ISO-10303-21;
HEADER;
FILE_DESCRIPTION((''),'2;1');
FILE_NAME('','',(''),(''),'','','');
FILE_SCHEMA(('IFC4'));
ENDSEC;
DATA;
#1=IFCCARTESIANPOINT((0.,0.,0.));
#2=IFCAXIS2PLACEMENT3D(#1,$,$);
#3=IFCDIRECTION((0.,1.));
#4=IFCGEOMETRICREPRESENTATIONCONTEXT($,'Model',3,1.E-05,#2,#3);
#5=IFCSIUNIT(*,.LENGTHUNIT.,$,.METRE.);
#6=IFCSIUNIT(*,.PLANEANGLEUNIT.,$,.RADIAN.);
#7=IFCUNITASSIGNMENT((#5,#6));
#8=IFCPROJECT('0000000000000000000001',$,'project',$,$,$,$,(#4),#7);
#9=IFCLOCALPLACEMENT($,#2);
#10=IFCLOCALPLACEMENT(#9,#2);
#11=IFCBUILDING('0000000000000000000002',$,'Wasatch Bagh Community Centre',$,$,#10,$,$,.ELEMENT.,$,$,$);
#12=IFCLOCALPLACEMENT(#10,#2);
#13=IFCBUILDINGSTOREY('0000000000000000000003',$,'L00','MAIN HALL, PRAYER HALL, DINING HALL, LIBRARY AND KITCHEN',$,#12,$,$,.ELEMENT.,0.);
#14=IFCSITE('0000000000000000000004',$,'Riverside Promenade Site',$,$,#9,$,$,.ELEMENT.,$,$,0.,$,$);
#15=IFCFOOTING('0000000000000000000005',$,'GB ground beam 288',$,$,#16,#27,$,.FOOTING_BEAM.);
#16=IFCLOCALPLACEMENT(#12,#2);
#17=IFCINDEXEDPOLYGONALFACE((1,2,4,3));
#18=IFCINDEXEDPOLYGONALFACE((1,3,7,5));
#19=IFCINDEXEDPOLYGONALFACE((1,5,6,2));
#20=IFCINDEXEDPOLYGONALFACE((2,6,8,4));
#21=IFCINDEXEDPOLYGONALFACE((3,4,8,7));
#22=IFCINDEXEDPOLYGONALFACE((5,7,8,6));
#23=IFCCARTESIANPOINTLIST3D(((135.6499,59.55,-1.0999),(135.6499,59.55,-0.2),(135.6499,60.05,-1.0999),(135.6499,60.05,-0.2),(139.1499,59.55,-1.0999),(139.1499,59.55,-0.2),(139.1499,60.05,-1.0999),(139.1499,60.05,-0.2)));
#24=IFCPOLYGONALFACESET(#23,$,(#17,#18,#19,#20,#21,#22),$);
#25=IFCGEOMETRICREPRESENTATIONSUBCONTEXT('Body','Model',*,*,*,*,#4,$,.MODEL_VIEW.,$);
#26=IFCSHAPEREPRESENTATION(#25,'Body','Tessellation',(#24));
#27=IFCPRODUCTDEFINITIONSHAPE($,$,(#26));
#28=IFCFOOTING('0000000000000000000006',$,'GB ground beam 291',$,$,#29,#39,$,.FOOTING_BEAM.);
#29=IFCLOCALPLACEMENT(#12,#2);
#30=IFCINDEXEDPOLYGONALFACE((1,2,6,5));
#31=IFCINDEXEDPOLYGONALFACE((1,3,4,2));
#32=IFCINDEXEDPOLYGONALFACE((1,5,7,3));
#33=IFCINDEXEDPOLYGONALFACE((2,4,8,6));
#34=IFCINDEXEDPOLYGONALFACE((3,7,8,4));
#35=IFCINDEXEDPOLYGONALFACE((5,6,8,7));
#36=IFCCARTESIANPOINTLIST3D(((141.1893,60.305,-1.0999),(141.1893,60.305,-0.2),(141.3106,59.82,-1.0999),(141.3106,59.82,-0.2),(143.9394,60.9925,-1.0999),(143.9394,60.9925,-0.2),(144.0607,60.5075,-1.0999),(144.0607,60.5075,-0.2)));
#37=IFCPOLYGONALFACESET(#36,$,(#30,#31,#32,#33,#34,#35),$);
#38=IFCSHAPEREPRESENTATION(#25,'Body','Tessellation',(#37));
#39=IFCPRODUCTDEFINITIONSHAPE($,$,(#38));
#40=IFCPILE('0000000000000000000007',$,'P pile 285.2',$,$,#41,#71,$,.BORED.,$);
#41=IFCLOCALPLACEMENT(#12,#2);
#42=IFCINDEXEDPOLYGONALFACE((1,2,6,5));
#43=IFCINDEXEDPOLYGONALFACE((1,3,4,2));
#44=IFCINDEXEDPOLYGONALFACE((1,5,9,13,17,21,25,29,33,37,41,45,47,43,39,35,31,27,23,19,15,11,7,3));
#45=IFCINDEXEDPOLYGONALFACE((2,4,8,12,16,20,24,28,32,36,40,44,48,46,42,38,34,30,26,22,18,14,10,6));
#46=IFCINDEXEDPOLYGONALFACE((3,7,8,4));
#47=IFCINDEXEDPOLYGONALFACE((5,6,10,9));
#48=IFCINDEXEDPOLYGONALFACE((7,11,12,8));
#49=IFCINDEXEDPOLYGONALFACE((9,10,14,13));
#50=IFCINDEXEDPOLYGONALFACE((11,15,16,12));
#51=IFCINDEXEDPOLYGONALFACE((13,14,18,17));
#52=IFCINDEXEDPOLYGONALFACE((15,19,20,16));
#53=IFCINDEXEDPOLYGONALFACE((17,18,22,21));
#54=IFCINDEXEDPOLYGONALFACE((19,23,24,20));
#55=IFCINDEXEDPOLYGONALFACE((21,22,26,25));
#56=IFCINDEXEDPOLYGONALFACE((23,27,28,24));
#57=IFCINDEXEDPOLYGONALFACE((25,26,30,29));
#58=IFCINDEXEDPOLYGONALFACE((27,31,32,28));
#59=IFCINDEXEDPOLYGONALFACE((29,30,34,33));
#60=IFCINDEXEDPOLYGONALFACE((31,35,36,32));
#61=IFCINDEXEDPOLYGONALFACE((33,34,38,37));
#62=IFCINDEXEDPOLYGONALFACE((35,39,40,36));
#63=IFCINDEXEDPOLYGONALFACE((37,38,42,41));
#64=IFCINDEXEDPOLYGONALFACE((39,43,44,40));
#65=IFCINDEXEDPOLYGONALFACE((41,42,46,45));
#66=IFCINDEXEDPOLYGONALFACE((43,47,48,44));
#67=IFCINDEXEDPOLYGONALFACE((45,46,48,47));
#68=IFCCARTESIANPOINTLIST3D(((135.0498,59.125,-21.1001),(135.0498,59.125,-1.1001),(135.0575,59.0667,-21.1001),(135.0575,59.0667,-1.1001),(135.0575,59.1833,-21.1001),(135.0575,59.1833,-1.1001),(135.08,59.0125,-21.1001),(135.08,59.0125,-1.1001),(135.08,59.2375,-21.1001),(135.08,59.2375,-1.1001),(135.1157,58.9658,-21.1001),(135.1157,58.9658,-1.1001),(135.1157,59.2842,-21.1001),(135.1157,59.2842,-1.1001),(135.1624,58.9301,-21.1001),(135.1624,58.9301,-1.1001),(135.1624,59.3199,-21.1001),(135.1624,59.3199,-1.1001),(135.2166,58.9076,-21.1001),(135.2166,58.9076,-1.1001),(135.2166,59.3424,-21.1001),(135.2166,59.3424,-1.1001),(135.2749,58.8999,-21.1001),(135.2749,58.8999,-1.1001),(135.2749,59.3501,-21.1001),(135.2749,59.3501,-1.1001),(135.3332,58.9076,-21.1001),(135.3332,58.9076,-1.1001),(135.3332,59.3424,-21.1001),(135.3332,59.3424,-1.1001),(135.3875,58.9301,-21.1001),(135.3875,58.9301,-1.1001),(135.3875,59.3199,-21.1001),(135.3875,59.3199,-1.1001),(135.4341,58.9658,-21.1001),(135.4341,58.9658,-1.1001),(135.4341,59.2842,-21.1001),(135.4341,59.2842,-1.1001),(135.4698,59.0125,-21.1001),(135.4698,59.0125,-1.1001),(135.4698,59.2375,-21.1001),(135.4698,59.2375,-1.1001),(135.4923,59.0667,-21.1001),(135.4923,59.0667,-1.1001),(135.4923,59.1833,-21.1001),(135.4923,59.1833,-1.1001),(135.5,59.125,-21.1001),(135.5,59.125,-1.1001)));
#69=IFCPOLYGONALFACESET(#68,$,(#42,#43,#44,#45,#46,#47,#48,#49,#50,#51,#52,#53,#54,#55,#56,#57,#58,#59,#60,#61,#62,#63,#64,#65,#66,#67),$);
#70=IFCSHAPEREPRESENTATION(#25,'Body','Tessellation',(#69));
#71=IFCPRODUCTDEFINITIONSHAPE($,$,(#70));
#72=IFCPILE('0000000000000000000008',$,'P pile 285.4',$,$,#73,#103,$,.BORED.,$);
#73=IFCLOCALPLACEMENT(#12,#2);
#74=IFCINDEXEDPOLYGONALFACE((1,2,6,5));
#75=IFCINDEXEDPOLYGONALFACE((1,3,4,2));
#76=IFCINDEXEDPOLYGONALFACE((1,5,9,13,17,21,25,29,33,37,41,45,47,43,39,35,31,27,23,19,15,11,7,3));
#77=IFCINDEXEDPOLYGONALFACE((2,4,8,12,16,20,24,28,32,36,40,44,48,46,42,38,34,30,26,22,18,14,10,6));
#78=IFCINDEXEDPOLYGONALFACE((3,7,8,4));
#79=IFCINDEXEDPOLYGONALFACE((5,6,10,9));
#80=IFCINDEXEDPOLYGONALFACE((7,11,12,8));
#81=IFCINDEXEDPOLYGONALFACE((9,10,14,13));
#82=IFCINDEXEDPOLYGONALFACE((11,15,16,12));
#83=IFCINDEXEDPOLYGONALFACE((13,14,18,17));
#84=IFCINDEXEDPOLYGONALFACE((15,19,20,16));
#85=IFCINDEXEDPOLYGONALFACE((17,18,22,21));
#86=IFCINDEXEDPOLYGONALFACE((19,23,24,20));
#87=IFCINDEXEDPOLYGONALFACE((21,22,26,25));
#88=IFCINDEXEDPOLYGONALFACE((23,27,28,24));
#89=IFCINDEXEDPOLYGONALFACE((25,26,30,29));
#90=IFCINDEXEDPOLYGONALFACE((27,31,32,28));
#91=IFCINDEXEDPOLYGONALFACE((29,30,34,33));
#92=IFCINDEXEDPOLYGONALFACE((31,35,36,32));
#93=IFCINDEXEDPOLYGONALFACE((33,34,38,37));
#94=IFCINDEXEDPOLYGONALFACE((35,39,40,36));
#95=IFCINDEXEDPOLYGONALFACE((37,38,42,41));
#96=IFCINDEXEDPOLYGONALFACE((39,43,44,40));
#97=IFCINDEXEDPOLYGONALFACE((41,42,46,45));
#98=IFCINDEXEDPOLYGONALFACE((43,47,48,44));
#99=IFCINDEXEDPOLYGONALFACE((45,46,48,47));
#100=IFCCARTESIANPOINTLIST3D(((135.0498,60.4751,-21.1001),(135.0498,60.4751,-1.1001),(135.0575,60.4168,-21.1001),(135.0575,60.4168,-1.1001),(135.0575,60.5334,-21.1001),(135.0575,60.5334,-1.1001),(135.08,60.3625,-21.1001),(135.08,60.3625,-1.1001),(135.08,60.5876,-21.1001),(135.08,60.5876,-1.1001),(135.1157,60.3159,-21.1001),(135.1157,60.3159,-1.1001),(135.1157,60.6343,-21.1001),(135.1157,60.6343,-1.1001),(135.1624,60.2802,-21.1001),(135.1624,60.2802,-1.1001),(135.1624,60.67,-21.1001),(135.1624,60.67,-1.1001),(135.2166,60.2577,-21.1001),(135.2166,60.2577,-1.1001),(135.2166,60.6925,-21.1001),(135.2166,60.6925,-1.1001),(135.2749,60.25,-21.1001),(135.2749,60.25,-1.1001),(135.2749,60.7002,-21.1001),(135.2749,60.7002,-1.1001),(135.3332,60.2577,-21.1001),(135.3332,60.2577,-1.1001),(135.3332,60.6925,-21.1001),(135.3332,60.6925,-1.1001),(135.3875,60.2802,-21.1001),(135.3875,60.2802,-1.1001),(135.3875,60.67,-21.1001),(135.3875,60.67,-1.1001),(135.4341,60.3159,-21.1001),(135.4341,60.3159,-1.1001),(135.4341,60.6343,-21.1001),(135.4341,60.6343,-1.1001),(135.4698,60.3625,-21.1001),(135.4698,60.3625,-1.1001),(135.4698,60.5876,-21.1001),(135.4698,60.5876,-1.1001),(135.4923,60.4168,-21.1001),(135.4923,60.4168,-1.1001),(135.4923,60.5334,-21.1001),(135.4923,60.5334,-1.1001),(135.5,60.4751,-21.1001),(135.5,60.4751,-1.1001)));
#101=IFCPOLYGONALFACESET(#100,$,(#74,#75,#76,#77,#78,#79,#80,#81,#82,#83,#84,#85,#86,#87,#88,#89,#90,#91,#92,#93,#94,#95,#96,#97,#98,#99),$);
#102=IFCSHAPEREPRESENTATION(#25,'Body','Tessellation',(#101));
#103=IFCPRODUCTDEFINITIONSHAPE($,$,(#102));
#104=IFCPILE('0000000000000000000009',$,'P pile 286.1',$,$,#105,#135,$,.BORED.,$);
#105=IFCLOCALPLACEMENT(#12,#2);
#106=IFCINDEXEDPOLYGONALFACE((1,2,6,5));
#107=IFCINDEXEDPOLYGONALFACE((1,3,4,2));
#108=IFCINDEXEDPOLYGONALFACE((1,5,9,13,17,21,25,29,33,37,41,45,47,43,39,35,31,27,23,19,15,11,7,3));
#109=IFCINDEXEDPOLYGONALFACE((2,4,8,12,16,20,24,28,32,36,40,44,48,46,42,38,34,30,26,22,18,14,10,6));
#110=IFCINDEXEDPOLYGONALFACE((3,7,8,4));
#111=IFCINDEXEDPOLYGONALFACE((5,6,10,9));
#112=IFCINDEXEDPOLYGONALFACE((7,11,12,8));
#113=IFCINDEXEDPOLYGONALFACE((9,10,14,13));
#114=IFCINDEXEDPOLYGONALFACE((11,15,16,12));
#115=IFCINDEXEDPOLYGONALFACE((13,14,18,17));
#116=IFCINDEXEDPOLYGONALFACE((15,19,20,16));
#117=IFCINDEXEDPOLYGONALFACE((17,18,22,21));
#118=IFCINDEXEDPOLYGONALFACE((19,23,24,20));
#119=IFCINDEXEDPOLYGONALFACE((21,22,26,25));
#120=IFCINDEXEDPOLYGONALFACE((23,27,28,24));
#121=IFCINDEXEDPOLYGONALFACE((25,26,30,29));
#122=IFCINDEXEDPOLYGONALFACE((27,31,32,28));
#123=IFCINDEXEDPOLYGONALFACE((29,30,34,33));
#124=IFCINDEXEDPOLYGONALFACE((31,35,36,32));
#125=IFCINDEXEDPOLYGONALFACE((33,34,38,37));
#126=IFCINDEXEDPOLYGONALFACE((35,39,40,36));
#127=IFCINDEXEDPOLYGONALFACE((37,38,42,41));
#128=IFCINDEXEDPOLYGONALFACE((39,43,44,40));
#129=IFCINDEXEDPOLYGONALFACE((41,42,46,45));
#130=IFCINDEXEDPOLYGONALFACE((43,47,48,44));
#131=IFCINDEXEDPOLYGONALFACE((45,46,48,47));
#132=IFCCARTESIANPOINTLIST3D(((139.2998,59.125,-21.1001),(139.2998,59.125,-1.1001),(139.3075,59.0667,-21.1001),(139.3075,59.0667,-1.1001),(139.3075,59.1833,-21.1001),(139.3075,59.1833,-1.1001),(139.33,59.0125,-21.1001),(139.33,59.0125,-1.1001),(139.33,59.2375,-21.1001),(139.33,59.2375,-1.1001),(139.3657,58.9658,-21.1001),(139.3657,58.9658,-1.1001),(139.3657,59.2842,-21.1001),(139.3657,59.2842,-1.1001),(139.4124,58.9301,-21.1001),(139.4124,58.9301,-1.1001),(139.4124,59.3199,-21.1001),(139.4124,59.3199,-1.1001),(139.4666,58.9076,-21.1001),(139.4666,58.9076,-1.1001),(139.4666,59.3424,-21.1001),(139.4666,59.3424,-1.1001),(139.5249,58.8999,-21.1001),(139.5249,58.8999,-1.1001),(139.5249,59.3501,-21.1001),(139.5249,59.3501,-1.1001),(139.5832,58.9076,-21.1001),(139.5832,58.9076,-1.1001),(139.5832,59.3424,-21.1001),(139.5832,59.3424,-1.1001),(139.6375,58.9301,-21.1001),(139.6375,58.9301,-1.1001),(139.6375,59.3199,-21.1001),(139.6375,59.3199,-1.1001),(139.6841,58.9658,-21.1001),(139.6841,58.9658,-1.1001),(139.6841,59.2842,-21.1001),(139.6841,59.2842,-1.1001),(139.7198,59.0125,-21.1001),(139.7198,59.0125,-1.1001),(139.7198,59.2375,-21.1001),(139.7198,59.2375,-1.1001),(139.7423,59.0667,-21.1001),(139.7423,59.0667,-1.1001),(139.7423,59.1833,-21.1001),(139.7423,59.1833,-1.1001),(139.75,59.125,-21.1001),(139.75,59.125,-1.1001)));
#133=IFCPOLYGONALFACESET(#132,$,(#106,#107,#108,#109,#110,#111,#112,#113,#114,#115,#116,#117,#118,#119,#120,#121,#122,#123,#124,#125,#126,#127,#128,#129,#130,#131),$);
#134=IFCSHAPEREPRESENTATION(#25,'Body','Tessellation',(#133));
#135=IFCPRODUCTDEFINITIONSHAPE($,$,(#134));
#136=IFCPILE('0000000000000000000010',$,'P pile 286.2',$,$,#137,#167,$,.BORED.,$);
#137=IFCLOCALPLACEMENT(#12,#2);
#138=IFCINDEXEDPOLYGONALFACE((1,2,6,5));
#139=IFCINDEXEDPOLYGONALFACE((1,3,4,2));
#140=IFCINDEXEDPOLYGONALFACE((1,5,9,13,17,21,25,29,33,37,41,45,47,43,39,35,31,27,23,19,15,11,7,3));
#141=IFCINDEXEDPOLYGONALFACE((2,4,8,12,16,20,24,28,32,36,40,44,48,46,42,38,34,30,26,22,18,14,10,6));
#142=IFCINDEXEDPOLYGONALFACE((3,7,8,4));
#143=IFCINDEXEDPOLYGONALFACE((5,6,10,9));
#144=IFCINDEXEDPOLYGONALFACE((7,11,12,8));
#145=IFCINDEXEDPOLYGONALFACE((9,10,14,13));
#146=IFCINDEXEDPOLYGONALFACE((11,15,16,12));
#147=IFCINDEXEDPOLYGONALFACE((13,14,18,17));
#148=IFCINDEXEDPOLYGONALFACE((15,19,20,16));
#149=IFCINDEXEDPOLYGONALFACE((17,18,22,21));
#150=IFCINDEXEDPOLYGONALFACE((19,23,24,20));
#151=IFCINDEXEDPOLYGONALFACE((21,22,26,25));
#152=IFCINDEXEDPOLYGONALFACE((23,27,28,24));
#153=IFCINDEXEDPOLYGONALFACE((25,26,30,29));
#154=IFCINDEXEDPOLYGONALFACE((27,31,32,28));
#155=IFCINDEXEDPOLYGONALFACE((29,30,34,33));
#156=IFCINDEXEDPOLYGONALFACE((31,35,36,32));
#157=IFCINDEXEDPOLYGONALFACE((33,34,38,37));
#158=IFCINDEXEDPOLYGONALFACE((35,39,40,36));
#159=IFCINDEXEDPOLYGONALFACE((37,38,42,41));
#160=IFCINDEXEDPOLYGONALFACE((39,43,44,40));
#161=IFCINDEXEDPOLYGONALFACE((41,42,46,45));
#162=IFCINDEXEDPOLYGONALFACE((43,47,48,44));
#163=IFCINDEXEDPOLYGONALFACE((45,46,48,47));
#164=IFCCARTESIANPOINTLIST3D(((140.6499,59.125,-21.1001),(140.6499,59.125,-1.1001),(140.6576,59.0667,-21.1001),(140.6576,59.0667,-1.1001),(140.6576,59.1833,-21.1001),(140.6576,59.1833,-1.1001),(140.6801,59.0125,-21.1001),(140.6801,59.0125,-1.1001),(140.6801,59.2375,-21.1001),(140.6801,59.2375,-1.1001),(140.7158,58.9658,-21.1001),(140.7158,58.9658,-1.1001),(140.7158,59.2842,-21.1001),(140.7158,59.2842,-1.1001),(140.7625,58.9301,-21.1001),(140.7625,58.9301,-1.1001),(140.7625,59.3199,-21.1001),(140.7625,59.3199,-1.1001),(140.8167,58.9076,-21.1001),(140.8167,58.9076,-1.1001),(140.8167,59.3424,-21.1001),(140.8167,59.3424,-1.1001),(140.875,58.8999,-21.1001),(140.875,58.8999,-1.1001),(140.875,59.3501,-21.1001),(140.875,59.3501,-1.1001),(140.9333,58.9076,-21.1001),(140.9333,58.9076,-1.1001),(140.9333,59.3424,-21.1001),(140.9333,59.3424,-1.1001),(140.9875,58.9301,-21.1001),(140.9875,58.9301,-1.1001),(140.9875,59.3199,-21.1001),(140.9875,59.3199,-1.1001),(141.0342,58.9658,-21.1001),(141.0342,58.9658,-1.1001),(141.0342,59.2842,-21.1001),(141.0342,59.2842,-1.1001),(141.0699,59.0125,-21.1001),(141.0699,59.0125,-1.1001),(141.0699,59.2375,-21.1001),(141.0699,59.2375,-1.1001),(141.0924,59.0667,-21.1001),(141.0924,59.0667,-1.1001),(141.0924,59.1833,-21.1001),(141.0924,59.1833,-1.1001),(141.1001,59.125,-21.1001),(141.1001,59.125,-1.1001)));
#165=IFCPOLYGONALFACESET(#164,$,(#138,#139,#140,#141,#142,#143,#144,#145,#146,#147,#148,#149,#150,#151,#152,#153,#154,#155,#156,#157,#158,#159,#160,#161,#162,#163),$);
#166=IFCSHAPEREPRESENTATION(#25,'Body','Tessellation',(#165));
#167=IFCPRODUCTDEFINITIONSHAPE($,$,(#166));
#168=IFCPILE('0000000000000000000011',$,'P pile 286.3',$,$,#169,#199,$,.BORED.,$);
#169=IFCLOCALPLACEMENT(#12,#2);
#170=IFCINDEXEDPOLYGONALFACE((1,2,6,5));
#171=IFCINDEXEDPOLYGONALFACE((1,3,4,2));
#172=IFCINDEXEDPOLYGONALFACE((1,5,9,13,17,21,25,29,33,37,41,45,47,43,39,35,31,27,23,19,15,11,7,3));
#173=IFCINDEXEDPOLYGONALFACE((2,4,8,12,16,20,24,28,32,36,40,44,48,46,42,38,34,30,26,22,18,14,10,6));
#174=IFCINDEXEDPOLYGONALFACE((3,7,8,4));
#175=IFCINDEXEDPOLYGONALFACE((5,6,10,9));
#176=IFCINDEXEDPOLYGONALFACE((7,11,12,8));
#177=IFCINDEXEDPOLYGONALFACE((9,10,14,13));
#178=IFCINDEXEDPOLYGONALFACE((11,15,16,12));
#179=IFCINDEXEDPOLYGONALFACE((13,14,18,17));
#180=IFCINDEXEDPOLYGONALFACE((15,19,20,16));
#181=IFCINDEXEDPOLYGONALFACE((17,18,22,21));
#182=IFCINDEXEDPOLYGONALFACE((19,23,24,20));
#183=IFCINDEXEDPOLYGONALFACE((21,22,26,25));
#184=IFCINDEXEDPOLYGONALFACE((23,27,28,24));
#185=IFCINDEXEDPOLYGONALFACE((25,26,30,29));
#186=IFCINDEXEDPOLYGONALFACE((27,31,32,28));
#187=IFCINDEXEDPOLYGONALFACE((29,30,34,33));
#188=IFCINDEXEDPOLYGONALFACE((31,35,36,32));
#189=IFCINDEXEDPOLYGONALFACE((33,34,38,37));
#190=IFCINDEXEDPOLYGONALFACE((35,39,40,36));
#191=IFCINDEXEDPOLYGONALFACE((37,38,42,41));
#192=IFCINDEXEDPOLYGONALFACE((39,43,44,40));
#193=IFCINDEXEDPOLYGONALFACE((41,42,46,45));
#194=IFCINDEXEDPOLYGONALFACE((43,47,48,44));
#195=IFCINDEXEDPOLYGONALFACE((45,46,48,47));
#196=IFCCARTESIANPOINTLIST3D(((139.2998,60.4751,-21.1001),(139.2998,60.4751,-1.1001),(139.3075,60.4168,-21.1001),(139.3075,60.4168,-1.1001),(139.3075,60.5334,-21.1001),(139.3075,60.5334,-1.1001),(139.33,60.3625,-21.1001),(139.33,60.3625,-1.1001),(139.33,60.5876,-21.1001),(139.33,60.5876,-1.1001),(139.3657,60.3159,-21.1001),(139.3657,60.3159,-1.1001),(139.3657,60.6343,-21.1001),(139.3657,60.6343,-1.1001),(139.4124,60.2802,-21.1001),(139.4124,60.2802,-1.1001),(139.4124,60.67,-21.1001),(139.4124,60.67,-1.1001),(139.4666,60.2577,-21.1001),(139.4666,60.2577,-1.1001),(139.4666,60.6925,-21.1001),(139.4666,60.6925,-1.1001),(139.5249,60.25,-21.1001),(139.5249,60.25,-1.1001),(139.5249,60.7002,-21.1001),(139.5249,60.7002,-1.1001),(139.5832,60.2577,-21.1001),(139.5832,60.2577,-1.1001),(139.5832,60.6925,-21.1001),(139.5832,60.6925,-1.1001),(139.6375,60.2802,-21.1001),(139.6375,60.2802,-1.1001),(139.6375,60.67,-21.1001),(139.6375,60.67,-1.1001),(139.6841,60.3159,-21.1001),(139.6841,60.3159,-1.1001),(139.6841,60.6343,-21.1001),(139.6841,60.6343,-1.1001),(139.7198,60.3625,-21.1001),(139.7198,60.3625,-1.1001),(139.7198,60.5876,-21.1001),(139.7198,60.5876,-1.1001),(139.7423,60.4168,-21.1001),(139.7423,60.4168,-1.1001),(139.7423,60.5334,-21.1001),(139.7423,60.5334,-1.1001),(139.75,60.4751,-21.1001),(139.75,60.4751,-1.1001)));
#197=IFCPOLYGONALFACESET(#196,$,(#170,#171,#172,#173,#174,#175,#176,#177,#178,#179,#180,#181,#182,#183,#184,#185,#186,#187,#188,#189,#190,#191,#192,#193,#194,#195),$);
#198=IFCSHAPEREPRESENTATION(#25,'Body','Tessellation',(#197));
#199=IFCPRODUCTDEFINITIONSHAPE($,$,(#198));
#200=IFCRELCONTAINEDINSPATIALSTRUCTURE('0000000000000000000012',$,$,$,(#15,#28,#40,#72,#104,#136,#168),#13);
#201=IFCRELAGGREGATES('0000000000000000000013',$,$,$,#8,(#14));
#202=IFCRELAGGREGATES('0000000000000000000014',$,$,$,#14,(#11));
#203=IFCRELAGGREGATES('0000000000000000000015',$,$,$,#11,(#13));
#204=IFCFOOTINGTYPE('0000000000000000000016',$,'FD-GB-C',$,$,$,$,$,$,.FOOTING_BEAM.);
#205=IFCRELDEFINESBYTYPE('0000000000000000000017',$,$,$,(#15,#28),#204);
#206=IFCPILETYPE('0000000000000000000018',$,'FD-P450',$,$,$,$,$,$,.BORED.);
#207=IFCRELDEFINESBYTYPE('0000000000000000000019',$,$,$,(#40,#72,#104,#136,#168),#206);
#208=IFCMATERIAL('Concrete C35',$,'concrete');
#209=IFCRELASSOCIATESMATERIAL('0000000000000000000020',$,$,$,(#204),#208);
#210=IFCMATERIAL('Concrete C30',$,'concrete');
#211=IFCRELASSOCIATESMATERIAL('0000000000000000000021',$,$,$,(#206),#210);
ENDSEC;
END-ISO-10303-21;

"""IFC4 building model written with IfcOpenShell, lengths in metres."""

from ifc_helpers import new_model, si_unit, direction, frame, origin, origin_2d, place, context, subcontext, project, spatial, rectangle, circle, extrude, material, material_profile, profile_set, type_object, element, save


model = new_model("IFC4")

# Units and contexts
model_context = context("Model", 3, precision=1e-05, world=origin(), true_north=direction((0.0, 1.0)))
body_context = subcontext(model_context, "Body", "Model", "MODEL_VIEW")
ifc_project = project(units=[si_unit("LENGTHUNIT", "METRE"), si_unit("PLANEANGLEUNIT", "RADIAN")], contexts=[model_context])

# Site, building, storey
site_placement = place(None, origin())
site = spatial("IfcSite", under=ifc_project, at=site_placement, Name="Riverside Promenade Site", CompositionType="ELEMENT", RefElevation=0.0)
building_placement = place(site_placement, origin())
building = spatial("IfcBuilding", under=site, at=building_placement, Name="Wasatch Bagh Community Centre", CompositionType="ELEMENT")
storey_placement = place(building_placement, origin())
storey = spatial("IfcBuildingStorey", under=building, at=storey_placement, Name="L00", Description="MAIN HALL, PRAYER HALL, DINING HALL, LIBRARY AND KITCHEN", CompositionType="ELEMENT", Elevation=0.0)

# Footings
ifc_material_1 = material(Name="Concrete C35", Category="concrete")
footing_type_1 = type_object("IfcFootingType", Name="FD-GB-C", PredefinedType="FOOTING_BEAM", material=ifc_material_1)
footing_1_placement = place(storey_placement, frame((137.3999, 59.8, -1.0999), z_axis=(0.0, 0.0, 1.0), x_axis=(1.0, 0.0, 0.0)))
element("IfcFooting", 1, at=footing_1_placement, inside=storey, type_object=footing_type_1, Name="GB ground beam 288", PredefinedType="FOOTING_BEAM", context=body_context, shape_type="SweptSolid", body=[
    extrude(rectangle(XDim=3.5, YDim=0.5, at=origin_2d()), origin(), (0.0, 0.0, 1.0), 0.8999),
])
footing_2_placement = place(storey_placement, frame((142.625, 60.4062, -1.0999), z_axis=(0.0, 0.0, 1.0), x_axis=(0.970143, 0.242536, 0.0)))
element("IfcFooting", 2, at=footing_2_placement, inside=storey, type_object=footing_type_1, Name="GB ground beam 291", PredefinedType="FOOTING_BEAM", context=body_context, shape_type="SweptSolid", body=[
    extrude(rectangle(XDim=2.8347, YDim=0.5, at=origin_2d()), origin(), (0.0, 0.0, 1.0), 0.8999),
])

# Piles
ifc_material_2 = material(Name="Concrete C30", Category="concrete")
ifc_material_profile_1 = material_profile(ifc_material_2, circle(Radius=0.2251, at=origin_2d()), Name="RC D450")
ifc_profile_set_1 = profile_set([ifc_material_profile_1], Name="Concrete C30")
pile_type_1 = type_object("IfcPileType", Name="FD-P450", PredefinedType="BORED", material=ifc_profile_set_1)
for number, where, z_axis, x_axis, name in (
    (3, (135.2749, 59.125, -1.1001), (0.0, 0.0, -1.0), (1.0, 0.0, 0.0), "P pile 285.2"),
    (4, (135.2749, 60.4751, -1.1001), (0.0, 0.0, -1.0), (1.0, 0.0, 0.0), "P pile 285.4"),
    (5, (139.5249, 59.125, -1.1001), (0.0, 0.0, -1.0), (1.0, 0.0, 0.0), "P pile 286.1"),
    (6, (140.875, 59.125, -1.1001), (0.0, 0.0, -1.0), (1.0, 0.0, 0.0), "P pile 286.2"),
    (7, (139.5249, 60.4751, -1.1001), (0.0, 0.0, -1.0), (1.0, 0.0, 0.0), "P pile 286.3"),
):
    element("IfcPile", number, at=place(storey_placement, frame(where, z_axis=z_axis, x_axis=x_axis)), inside=storey, type_object=pile_type_1, Name=name, PredefinedType="BORED", context=body_context, shape_type="SweptSolid", body=[
        extrude(circle(Radius=0.2251, at=origin_2d()), origin(), (0.0, 0.0, 1.0), 20.0),
    ])

save(model, "model.ifc")
